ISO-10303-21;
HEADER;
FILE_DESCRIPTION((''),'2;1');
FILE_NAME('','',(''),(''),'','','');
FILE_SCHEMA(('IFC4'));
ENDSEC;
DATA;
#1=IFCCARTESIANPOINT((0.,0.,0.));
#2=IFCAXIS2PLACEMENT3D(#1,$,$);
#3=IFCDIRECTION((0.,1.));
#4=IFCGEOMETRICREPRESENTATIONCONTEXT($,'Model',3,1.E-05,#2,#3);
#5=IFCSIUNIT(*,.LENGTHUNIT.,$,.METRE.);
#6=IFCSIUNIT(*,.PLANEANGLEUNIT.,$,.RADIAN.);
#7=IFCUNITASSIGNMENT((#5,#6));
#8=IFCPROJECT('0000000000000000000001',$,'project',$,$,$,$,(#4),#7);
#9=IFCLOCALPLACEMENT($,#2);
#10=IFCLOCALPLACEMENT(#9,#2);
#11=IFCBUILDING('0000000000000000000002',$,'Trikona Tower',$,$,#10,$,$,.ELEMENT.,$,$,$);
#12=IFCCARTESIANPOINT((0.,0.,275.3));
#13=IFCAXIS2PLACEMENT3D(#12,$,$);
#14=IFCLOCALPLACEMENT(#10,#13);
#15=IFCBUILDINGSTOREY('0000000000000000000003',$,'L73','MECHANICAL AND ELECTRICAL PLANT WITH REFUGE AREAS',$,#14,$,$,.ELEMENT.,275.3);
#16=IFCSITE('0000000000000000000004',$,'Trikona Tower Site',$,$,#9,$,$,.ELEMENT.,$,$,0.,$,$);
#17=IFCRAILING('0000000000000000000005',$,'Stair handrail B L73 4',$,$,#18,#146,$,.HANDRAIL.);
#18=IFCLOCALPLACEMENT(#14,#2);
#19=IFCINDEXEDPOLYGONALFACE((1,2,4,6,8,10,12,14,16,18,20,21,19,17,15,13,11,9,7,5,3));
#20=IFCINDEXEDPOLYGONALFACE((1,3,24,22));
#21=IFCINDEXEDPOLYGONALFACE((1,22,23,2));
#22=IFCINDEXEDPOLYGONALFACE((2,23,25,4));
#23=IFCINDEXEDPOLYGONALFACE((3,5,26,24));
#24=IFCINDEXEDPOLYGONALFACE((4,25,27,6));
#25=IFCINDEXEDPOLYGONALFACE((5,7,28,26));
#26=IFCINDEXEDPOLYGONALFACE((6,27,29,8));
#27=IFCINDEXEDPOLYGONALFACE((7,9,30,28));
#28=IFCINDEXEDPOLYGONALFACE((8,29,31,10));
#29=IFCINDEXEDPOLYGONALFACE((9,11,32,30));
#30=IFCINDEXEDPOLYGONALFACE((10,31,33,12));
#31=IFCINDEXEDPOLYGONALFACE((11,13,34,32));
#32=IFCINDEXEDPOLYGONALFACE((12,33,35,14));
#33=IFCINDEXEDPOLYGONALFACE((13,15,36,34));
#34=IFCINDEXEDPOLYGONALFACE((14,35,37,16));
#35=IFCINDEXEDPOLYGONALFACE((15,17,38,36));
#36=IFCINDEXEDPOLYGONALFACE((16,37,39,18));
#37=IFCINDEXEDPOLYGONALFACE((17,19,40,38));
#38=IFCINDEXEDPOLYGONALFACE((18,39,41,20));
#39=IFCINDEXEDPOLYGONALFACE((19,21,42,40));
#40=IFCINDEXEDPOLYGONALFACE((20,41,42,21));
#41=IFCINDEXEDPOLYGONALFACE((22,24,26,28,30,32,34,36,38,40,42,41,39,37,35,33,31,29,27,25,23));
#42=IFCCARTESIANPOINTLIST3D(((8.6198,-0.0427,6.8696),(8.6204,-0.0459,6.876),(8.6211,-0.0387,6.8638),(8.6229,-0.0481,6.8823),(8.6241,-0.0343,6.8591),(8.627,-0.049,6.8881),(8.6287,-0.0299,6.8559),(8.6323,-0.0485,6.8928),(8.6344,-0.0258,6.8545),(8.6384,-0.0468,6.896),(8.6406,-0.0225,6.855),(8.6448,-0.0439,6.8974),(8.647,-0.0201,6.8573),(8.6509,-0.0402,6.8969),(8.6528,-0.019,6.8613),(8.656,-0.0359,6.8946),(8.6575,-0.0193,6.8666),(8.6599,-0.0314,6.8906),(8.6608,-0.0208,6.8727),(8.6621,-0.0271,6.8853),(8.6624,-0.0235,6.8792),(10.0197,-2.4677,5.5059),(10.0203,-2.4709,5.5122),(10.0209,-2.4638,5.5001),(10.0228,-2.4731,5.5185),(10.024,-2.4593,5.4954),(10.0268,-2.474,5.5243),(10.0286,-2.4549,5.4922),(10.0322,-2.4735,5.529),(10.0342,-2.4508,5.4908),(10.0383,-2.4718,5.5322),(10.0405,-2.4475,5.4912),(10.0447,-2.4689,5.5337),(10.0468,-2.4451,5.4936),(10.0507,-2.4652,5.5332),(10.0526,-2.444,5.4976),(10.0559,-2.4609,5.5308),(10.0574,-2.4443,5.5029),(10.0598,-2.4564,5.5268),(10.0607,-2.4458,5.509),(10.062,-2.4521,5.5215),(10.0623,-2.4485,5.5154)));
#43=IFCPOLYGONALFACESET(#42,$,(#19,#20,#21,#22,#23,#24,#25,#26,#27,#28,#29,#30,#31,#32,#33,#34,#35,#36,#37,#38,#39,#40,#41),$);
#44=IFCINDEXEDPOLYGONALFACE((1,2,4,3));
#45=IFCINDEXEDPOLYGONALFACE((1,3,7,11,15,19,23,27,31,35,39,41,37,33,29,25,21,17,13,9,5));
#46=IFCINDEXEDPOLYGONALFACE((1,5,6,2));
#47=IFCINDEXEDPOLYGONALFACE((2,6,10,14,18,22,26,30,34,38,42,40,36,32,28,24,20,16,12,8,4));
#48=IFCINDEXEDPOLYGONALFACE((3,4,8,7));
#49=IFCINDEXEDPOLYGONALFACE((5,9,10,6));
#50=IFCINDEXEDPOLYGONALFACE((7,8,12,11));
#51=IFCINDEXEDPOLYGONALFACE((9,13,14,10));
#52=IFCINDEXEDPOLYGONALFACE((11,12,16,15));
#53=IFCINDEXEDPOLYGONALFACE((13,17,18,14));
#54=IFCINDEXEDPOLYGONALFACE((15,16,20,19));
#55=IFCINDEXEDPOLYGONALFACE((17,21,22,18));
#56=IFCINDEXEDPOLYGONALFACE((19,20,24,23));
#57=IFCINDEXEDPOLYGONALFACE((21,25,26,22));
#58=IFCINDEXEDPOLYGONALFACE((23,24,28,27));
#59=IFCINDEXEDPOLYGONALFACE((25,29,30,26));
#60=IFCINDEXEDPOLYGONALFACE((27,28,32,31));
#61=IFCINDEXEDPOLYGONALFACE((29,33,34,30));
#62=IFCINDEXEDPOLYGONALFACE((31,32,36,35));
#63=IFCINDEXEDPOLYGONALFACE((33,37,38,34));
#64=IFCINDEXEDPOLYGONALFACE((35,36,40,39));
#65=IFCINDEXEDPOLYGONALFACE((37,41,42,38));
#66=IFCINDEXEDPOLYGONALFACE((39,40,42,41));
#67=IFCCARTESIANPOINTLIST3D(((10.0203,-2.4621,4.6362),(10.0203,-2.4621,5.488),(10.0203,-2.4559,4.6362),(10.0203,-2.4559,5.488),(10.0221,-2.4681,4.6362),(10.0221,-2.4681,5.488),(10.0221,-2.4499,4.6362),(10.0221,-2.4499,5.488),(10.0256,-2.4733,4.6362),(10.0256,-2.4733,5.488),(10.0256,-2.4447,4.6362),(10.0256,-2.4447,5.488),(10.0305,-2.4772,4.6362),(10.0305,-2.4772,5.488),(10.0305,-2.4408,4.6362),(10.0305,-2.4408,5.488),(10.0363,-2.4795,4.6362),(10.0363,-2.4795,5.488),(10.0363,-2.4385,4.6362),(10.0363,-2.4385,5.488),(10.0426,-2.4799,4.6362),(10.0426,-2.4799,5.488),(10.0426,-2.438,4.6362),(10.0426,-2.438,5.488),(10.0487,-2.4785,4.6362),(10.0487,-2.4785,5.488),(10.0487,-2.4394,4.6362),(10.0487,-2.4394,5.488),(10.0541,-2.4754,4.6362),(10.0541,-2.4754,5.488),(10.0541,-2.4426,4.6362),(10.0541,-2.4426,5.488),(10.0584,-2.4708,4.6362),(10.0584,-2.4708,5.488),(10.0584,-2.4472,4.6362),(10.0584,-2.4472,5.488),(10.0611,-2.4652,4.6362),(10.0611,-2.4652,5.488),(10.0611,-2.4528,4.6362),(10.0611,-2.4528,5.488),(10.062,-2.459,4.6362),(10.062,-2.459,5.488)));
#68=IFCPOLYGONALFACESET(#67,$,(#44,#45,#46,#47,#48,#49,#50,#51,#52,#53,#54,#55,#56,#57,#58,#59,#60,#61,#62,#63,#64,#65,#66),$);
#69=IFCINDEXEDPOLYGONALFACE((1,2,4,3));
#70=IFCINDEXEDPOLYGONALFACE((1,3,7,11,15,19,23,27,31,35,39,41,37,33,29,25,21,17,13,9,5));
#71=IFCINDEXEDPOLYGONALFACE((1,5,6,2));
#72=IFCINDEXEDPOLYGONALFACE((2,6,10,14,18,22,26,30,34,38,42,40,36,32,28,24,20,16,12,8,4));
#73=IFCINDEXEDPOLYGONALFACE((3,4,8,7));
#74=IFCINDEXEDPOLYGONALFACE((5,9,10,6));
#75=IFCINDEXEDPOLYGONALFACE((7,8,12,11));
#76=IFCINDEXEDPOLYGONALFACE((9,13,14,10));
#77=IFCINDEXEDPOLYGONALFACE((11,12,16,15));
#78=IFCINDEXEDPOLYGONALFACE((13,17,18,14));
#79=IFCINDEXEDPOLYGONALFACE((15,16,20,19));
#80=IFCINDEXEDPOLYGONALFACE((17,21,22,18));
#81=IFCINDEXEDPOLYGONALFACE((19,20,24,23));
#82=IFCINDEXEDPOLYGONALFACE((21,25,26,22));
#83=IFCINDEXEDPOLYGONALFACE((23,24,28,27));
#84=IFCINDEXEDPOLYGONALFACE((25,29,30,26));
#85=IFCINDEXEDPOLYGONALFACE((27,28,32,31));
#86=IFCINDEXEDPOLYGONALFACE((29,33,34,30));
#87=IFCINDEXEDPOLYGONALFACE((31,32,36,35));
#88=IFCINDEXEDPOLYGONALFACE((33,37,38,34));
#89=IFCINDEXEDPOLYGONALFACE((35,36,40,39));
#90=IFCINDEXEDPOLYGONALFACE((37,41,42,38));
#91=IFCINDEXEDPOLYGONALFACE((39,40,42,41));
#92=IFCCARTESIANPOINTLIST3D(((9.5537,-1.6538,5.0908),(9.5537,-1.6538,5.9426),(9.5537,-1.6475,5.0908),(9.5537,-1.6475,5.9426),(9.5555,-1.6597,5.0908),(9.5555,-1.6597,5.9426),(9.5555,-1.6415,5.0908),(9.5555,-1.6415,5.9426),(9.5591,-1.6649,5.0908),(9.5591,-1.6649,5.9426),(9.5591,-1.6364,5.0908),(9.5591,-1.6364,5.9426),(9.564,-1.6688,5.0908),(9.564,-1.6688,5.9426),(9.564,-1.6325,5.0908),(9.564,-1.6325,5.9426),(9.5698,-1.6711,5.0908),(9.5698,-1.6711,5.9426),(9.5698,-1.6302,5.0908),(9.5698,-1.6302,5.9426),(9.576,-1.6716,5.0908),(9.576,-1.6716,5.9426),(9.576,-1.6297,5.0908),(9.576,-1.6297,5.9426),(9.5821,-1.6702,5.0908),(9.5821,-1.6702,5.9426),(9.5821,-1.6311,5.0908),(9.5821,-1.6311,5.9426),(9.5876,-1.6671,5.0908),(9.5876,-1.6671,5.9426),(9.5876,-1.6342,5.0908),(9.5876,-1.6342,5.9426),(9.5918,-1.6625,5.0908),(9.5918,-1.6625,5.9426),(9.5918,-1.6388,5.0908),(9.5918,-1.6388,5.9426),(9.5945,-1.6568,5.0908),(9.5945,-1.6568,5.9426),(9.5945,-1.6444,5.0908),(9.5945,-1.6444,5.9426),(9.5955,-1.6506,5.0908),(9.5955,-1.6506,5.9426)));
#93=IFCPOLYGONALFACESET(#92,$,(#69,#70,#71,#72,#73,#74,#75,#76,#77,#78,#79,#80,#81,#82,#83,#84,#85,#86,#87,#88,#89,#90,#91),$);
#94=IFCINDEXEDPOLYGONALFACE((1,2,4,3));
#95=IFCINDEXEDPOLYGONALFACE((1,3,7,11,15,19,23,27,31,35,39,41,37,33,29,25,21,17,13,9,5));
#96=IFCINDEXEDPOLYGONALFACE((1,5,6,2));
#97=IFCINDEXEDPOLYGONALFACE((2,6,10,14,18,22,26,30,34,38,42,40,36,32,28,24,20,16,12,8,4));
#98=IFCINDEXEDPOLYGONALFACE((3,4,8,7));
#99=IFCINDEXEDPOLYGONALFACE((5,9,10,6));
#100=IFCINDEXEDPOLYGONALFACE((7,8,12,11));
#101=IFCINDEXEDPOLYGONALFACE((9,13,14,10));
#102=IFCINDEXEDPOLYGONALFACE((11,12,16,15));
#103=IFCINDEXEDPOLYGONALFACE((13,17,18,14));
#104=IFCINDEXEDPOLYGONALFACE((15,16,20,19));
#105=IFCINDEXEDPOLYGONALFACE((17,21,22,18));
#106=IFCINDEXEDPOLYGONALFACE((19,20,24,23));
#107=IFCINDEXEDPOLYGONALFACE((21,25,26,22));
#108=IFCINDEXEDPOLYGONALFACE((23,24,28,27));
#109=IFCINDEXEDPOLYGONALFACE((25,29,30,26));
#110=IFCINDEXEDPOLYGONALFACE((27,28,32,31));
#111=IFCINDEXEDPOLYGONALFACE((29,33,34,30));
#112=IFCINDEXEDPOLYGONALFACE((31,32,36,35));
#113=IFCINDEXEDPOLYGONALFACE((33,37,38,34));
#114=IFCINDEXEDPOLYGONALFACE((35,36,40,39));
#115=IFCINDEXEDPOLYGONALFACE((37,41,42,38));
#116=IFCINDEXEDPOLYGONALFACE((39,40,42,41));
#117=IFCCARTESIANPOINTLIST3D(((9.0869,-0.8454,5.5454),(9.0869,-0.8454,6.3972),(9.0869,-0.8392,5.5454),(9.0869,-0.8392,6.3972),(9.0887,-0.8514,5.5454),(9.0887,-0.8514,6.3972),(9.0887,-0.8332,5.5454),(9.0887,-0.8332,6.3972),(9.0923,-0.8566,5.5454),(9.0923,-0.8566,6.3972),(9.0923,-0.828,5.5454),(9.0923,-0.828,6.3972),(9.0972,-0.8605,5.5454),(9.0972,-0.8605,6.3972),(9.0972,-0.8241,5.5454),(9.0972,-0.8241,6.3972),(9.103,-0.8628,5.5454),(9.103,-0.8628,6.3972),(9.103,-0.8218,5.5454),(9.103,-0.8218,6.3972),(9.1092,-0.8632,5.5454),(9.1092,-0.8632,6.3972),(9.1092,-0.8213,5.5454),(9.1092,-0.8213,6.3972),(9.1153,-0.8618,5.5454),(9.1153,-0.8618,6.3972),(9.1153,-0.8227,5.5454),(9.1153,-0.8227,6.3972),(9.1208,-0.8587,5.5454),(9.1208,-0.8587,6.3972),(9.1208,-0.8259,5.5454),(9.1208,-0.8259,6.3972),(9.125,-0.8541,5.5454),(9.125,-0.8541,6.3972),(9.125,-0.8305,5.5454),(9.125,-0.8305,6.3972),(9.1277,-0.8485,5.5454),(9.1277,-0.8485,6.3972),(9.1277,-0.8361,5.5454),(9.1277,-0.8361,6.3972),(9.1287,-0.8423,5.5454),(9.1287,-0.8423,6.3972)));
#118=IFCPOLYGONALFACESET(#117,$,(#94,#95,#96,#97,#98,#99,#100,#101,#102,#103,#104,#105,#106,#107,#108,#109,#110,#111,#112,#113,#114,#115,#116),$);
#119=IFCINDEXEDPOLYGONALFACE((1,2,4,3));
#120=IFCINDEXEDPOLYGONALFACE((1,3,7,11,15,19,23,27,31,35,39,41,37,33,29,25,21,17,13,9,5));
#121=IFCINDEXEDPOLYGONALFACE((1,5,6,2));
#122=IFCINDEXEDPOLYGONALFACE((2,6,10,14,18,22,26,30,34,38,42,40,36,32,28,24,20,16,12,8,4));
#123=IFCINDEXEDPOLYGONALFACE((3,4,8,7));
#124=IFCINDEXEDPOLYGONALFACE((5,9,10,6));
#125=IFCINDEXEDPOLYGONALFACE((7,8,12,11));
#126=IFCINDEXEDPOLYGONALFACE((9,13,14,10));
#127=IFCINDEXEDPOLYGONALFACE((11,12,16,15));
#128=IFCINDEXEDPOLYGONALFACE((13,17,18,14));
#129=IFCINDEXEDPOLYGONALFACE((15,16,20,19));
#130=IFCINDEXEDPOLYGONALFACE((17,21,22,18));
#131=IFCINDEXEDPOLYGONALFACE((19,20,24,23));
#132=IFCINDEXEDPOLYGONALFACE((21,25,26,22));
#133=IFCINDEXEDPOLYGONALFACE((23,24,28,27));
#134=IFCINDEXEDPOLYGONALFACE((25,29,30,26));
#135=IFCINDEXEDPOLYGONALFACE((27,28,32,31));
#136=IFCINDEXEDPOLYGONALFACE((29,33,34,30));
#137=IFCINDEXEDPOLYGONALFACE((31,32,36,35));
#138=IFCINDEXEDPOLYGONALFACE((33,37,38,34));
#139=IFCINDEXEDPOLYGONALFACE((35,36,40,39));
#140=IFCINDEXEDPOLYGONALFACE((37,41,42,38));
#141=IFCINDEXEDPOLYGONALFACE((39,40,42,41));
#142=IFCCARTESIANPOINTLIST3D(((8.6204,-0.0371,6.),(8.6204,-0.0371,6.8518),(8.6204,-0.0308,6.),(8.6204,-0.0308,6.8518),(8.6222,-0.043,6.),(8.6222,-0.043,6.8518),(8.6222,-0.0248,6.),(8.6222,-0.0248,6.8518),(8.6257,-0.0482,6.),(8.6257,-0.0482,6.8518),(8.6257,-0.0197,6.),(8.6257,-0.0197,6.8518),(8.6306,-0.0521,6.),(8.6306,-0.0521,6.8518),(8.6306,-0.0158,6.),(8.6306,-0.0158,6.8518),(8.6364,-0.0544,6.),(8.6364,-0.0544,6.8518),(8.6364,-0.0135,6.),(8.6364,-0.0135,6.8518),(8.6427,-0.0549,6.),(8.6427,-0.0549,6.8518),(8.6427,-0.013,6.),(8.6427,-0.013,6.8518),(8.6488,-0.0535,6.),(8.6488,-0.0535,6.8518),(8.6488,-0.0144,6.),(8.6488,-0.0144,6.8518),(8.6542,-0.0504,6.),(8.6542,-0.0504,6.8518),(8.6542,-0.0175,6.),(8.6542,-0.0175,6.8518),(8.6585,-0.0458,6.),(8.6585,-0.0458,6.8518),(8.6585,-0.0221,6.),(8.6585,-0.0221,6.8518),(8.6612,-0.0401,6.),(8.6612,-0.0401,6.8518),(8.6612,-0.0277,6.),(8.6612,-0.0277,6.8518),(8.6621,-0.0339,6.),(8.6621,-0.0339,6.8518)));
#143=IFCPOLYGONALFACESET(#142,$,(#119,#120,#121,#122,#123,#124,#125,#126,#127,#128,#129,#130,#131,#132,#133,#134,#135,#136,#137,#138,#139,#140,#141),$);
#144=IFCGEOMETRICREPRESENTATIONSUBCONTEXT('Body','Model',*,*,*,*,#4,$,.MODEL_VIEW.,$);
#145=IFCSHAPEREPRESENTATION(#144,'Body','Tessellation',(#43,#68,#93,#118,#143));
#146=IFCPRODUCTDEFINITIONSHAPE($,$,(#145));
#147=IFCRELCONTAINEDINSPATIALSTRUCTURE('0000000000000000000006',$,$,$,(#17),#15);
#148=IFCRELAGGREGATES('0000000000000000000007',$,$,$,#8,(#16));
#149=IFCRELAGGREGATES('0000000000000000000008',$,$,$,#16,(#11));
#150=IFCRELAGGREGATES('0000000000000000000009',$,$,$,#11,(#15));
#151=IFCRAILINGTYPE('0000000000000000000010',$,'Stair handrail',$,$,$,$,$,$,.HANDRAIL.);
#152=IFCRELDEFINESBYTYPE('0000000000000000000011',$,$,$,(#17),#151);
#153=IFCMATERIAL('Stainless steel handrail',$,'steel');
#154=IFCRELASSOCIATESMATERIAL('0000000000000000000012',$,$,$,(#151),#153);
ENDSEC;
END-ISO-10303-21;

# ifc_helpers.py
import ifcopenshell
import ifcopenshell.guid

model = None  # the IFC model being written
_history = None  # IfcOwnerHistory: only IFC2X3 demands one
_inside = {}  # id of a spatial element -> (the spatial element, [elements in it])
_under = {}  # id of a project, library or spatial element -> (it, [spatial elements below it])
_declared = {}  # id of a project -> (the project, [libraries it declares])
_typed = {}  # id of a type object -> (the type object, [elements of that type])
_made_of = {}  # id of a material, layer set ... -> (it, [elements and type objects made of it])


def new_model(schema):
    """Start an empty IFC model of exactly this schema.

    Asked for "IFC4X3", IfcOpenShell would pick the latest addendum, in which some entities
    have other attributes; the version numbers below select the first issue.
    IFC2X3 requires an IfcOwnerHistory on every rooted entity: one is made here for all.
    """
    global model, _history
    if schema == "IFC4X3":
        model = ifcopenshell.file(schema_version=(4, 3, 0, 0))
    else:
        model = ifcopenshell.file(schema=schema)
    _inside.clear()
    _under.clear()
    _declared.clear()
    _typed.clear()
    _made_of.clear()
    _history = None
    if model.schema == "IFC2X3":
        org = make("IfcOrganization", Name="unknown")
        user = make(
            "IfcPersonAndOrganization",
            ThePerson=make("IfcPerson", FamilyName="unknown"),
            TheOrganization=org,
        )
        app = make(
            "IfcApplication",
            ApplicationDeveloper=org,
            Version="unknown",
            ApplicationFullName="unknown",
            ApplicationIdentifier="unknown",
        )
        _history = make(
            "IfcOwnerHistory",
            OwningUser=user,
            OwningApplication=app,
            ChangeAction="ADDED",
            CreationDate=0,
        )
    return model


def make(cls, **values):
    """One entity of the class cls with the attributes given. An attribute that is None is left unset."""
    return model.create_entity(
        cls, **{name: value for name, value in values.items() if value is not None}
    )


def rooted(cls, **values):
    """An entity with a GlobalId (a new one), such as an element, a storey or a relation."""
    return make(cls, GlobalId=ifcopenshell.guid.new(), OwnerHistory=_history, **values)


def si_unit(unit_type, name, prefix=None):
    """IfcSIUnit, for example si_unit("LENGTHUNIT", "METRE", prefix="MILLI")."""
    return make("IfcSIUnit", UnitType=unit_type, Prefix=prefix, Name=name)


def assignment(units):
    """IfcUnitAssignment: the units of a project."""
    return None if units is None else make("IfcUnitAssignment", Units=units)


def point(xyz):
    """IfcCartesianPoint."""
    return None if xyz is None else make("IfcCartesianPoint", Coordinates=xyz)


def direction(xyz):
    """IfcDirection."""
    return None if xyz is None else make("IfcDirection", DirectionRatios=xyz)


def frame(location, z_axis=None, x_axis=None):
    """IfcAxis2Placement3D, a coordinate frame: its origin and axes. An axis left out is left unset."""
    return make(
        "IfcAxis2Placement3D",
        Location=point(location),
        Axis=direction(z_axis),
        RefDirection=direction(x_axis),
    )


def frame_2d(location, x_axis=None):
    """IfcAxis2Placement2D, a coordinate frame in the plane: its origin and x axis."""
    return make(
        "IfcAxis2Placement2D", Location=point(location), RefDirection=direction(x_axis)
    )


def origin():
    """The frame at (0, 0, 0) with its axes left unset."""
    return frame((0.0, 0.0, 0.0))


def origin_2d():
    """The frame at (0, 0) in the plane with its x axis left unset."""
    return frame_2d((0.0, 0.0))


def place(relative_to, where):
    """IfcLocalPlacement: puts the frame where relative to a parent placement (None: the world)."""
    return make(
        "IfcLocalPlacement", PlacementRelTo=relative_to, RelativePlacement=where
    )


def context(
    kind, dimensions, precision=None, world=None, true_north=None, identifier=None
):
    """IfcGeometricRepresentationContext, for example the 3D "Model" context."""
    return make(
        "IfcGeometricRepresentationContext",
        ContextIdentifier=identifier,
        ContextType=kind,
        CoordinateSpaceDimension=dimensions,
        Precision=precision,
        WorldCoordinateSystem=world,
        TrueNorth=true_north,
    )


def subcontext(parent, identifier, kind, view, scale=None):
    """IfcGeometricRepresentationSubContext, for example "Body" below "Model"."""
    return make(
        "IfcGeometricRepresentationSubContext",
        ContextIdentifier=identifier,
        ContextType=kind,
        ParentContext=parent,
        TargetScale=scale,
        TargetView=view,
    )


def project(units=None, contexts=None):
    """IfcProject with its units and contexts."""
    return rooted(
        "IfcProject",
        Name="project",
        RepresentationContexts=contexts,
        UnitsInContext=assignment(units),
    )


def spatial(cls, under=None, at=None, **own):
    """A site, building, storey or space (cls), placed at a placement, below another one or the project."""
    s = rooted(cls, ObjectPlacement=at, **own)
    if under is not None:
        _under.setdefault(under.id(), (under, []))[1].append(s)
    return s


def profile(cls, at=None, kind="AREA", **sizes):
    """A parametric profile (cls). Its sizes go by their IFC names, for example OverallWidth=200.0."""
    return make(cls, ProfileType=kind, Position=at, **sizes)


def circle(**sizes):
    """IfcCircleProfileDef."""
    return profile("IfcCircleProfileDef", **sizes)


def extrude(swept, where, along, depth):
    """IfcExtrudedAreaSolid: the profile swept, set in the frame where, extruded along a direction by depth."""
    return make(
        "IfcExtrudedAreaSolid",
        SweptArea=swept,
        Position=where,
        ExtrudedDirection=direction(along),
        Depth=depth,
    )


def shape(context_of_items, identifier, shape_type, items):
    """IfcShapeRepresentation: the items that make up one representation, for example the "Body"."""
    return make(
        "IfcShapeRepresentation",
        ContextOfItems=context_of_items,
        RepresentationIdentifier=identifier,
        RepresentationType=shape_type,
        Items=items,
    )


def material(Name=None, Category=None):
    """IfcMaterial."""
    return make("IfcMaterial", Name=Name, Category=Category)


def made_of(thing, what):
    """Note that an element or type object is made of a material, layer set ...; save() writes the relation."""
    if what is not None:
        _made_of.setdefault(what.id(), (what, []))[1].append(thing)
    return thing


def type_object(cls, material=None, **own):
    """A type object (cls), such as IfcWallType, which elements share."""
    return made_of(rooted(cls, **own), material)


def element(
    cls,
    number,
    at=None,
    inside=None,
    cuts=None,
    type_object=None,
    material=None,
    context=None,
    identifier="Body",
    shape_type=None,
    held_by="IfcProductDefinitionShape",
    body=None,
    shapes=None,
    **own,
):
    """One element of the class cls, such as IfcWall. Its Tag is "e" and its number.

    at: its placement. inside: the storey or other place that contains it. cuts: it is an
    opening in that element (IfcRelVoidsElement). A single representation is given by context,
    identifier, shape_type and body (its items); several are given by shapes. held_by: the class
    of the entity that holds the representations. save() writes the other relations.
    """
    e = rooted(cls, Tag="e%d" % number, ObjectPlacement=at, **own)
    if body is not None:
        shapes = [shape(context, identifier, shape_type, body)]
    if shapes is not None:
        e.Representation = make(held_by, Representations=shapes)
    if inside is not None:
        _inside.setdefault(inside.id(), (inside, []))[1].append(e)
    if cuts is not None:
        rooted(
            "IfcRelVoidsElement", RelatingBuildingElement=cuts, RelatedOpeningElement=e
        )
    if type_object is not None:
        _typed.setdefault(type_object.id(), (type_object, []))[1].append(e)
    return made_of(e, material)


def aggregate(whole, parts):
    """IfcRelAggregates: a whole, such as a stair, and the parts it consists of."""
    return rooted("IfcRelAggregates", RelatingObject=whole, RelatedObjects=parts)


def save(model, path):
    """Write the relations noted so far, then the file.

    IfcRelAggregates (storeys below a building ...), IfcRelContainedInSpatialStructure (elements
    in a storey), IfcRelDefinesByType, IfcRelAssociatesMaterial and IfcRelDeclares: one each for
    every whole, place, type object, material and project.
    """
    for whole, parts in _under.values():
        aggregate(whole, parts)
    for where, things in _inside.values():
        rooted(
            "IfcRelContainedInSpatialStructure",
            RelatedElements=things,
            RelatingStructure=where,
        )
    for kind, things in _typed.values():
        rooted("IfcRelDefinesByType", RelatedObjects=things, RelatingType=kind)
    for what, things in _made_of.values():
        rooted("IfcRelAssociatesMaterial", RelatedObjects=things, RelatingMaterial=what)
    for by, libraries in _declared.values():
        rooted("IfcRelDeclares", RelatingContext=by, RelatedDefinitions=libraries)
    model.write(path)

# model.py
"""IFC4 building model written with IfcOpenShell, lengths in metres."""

from ifc_helpers import new_model, si_unit, direction, frame, origin, origin_2d, place, context, subcontext, project, spatial, circle, extrude, material, type_object, element, save


model = new_model("IFC4")

# Units and contexts
model_context = context("Model", 3, precision=1e-05, world=origin(), true_north=direction((0.0, 1.0)))
body_context = subcontext(model_context, "Body", "Model", "MODEL_VIEW")
ifc_project = project(units=[si_unit("LENGTHUNIT", "METRE"), si_unit("PLANEANGLEUNIT", "RADIAN")], contexts=[model_context])

# Site, building, storey
site_placement = place(None, origin())
site = spatial("IfcSite", under=ifc_project, at=site_placement, Name="Trikona Tower Site", CompositionType="ELEMENT", RefElevation=0.0)
building_placement = place(site_placement, origin())
building = spatial("IfcBuilding", under=site, at=building_placement, Name="Trikona Tower", CompositionType="ELEMENT")
storey_placement = place(building_placement, frame((0.0, 0.0, 275.3)))
storey = spatial("IfcBuildingStorey", under=building, at=storey_placement, Name="L73", Description="MECHANICAL AND ELECTRICAL PLANT WITH REFUGE AREAS", CompositionType="ELEMENT", Elevation=275.3)

# Railing
ifc_material_1 = material(Name="Stainless steel handrail", Category="steel")
railing_type = type_object("IfcRailingType", Name="Stair handrail", PredefinedType="HANDRAIL", material=ifc_material_1)
for number, where, name in (
    (1, (10.041, -2.459, 4.6362), "Stair handrail B L73 4"),
):
    element("IfcRailing", number, at=place(storey_placement, frame(where)), inside=storey, type_object=railing_type, Name=name, PredefinedType="HANDRAIL", context=body_context, shape_type="SweptSolid", body=[
        extrude(circle(Radius=0.0239, at=origin_2d()), frame((0.0, 0.0, 0.876), z_axis=(-0.449471, 0.778618, 0.43787), x_axis=(-0.866056, -0.499946, 0.0)), (0.0, 0.0, 1.0), 3.1145),
        extrude(circle(Radius=0.021, at=origin_2d()), origin(), (0.0, 0.0, 1.0), 0.8518),
        extrude(circle(Radius=0.021, at=origin_2d()), frame((-0.4666, 0.8083, 0.4546)), (0.0, 0.0, 1.0), 0.8518),
        extrude(circle(Radius=0.021, at=origin_2d()), frame((-0.9333, 1.6167, 0.9092)), (0.0, 0.0, 1.0), 0.8518),
        extrude(circle(Radius=0.021, at=origin_2d()), frame((-1.3999, 2.425, 1.3638)), (0.0, 0.0, 1.0), 0.8518),
    ])

save(model, "model.ifc")
